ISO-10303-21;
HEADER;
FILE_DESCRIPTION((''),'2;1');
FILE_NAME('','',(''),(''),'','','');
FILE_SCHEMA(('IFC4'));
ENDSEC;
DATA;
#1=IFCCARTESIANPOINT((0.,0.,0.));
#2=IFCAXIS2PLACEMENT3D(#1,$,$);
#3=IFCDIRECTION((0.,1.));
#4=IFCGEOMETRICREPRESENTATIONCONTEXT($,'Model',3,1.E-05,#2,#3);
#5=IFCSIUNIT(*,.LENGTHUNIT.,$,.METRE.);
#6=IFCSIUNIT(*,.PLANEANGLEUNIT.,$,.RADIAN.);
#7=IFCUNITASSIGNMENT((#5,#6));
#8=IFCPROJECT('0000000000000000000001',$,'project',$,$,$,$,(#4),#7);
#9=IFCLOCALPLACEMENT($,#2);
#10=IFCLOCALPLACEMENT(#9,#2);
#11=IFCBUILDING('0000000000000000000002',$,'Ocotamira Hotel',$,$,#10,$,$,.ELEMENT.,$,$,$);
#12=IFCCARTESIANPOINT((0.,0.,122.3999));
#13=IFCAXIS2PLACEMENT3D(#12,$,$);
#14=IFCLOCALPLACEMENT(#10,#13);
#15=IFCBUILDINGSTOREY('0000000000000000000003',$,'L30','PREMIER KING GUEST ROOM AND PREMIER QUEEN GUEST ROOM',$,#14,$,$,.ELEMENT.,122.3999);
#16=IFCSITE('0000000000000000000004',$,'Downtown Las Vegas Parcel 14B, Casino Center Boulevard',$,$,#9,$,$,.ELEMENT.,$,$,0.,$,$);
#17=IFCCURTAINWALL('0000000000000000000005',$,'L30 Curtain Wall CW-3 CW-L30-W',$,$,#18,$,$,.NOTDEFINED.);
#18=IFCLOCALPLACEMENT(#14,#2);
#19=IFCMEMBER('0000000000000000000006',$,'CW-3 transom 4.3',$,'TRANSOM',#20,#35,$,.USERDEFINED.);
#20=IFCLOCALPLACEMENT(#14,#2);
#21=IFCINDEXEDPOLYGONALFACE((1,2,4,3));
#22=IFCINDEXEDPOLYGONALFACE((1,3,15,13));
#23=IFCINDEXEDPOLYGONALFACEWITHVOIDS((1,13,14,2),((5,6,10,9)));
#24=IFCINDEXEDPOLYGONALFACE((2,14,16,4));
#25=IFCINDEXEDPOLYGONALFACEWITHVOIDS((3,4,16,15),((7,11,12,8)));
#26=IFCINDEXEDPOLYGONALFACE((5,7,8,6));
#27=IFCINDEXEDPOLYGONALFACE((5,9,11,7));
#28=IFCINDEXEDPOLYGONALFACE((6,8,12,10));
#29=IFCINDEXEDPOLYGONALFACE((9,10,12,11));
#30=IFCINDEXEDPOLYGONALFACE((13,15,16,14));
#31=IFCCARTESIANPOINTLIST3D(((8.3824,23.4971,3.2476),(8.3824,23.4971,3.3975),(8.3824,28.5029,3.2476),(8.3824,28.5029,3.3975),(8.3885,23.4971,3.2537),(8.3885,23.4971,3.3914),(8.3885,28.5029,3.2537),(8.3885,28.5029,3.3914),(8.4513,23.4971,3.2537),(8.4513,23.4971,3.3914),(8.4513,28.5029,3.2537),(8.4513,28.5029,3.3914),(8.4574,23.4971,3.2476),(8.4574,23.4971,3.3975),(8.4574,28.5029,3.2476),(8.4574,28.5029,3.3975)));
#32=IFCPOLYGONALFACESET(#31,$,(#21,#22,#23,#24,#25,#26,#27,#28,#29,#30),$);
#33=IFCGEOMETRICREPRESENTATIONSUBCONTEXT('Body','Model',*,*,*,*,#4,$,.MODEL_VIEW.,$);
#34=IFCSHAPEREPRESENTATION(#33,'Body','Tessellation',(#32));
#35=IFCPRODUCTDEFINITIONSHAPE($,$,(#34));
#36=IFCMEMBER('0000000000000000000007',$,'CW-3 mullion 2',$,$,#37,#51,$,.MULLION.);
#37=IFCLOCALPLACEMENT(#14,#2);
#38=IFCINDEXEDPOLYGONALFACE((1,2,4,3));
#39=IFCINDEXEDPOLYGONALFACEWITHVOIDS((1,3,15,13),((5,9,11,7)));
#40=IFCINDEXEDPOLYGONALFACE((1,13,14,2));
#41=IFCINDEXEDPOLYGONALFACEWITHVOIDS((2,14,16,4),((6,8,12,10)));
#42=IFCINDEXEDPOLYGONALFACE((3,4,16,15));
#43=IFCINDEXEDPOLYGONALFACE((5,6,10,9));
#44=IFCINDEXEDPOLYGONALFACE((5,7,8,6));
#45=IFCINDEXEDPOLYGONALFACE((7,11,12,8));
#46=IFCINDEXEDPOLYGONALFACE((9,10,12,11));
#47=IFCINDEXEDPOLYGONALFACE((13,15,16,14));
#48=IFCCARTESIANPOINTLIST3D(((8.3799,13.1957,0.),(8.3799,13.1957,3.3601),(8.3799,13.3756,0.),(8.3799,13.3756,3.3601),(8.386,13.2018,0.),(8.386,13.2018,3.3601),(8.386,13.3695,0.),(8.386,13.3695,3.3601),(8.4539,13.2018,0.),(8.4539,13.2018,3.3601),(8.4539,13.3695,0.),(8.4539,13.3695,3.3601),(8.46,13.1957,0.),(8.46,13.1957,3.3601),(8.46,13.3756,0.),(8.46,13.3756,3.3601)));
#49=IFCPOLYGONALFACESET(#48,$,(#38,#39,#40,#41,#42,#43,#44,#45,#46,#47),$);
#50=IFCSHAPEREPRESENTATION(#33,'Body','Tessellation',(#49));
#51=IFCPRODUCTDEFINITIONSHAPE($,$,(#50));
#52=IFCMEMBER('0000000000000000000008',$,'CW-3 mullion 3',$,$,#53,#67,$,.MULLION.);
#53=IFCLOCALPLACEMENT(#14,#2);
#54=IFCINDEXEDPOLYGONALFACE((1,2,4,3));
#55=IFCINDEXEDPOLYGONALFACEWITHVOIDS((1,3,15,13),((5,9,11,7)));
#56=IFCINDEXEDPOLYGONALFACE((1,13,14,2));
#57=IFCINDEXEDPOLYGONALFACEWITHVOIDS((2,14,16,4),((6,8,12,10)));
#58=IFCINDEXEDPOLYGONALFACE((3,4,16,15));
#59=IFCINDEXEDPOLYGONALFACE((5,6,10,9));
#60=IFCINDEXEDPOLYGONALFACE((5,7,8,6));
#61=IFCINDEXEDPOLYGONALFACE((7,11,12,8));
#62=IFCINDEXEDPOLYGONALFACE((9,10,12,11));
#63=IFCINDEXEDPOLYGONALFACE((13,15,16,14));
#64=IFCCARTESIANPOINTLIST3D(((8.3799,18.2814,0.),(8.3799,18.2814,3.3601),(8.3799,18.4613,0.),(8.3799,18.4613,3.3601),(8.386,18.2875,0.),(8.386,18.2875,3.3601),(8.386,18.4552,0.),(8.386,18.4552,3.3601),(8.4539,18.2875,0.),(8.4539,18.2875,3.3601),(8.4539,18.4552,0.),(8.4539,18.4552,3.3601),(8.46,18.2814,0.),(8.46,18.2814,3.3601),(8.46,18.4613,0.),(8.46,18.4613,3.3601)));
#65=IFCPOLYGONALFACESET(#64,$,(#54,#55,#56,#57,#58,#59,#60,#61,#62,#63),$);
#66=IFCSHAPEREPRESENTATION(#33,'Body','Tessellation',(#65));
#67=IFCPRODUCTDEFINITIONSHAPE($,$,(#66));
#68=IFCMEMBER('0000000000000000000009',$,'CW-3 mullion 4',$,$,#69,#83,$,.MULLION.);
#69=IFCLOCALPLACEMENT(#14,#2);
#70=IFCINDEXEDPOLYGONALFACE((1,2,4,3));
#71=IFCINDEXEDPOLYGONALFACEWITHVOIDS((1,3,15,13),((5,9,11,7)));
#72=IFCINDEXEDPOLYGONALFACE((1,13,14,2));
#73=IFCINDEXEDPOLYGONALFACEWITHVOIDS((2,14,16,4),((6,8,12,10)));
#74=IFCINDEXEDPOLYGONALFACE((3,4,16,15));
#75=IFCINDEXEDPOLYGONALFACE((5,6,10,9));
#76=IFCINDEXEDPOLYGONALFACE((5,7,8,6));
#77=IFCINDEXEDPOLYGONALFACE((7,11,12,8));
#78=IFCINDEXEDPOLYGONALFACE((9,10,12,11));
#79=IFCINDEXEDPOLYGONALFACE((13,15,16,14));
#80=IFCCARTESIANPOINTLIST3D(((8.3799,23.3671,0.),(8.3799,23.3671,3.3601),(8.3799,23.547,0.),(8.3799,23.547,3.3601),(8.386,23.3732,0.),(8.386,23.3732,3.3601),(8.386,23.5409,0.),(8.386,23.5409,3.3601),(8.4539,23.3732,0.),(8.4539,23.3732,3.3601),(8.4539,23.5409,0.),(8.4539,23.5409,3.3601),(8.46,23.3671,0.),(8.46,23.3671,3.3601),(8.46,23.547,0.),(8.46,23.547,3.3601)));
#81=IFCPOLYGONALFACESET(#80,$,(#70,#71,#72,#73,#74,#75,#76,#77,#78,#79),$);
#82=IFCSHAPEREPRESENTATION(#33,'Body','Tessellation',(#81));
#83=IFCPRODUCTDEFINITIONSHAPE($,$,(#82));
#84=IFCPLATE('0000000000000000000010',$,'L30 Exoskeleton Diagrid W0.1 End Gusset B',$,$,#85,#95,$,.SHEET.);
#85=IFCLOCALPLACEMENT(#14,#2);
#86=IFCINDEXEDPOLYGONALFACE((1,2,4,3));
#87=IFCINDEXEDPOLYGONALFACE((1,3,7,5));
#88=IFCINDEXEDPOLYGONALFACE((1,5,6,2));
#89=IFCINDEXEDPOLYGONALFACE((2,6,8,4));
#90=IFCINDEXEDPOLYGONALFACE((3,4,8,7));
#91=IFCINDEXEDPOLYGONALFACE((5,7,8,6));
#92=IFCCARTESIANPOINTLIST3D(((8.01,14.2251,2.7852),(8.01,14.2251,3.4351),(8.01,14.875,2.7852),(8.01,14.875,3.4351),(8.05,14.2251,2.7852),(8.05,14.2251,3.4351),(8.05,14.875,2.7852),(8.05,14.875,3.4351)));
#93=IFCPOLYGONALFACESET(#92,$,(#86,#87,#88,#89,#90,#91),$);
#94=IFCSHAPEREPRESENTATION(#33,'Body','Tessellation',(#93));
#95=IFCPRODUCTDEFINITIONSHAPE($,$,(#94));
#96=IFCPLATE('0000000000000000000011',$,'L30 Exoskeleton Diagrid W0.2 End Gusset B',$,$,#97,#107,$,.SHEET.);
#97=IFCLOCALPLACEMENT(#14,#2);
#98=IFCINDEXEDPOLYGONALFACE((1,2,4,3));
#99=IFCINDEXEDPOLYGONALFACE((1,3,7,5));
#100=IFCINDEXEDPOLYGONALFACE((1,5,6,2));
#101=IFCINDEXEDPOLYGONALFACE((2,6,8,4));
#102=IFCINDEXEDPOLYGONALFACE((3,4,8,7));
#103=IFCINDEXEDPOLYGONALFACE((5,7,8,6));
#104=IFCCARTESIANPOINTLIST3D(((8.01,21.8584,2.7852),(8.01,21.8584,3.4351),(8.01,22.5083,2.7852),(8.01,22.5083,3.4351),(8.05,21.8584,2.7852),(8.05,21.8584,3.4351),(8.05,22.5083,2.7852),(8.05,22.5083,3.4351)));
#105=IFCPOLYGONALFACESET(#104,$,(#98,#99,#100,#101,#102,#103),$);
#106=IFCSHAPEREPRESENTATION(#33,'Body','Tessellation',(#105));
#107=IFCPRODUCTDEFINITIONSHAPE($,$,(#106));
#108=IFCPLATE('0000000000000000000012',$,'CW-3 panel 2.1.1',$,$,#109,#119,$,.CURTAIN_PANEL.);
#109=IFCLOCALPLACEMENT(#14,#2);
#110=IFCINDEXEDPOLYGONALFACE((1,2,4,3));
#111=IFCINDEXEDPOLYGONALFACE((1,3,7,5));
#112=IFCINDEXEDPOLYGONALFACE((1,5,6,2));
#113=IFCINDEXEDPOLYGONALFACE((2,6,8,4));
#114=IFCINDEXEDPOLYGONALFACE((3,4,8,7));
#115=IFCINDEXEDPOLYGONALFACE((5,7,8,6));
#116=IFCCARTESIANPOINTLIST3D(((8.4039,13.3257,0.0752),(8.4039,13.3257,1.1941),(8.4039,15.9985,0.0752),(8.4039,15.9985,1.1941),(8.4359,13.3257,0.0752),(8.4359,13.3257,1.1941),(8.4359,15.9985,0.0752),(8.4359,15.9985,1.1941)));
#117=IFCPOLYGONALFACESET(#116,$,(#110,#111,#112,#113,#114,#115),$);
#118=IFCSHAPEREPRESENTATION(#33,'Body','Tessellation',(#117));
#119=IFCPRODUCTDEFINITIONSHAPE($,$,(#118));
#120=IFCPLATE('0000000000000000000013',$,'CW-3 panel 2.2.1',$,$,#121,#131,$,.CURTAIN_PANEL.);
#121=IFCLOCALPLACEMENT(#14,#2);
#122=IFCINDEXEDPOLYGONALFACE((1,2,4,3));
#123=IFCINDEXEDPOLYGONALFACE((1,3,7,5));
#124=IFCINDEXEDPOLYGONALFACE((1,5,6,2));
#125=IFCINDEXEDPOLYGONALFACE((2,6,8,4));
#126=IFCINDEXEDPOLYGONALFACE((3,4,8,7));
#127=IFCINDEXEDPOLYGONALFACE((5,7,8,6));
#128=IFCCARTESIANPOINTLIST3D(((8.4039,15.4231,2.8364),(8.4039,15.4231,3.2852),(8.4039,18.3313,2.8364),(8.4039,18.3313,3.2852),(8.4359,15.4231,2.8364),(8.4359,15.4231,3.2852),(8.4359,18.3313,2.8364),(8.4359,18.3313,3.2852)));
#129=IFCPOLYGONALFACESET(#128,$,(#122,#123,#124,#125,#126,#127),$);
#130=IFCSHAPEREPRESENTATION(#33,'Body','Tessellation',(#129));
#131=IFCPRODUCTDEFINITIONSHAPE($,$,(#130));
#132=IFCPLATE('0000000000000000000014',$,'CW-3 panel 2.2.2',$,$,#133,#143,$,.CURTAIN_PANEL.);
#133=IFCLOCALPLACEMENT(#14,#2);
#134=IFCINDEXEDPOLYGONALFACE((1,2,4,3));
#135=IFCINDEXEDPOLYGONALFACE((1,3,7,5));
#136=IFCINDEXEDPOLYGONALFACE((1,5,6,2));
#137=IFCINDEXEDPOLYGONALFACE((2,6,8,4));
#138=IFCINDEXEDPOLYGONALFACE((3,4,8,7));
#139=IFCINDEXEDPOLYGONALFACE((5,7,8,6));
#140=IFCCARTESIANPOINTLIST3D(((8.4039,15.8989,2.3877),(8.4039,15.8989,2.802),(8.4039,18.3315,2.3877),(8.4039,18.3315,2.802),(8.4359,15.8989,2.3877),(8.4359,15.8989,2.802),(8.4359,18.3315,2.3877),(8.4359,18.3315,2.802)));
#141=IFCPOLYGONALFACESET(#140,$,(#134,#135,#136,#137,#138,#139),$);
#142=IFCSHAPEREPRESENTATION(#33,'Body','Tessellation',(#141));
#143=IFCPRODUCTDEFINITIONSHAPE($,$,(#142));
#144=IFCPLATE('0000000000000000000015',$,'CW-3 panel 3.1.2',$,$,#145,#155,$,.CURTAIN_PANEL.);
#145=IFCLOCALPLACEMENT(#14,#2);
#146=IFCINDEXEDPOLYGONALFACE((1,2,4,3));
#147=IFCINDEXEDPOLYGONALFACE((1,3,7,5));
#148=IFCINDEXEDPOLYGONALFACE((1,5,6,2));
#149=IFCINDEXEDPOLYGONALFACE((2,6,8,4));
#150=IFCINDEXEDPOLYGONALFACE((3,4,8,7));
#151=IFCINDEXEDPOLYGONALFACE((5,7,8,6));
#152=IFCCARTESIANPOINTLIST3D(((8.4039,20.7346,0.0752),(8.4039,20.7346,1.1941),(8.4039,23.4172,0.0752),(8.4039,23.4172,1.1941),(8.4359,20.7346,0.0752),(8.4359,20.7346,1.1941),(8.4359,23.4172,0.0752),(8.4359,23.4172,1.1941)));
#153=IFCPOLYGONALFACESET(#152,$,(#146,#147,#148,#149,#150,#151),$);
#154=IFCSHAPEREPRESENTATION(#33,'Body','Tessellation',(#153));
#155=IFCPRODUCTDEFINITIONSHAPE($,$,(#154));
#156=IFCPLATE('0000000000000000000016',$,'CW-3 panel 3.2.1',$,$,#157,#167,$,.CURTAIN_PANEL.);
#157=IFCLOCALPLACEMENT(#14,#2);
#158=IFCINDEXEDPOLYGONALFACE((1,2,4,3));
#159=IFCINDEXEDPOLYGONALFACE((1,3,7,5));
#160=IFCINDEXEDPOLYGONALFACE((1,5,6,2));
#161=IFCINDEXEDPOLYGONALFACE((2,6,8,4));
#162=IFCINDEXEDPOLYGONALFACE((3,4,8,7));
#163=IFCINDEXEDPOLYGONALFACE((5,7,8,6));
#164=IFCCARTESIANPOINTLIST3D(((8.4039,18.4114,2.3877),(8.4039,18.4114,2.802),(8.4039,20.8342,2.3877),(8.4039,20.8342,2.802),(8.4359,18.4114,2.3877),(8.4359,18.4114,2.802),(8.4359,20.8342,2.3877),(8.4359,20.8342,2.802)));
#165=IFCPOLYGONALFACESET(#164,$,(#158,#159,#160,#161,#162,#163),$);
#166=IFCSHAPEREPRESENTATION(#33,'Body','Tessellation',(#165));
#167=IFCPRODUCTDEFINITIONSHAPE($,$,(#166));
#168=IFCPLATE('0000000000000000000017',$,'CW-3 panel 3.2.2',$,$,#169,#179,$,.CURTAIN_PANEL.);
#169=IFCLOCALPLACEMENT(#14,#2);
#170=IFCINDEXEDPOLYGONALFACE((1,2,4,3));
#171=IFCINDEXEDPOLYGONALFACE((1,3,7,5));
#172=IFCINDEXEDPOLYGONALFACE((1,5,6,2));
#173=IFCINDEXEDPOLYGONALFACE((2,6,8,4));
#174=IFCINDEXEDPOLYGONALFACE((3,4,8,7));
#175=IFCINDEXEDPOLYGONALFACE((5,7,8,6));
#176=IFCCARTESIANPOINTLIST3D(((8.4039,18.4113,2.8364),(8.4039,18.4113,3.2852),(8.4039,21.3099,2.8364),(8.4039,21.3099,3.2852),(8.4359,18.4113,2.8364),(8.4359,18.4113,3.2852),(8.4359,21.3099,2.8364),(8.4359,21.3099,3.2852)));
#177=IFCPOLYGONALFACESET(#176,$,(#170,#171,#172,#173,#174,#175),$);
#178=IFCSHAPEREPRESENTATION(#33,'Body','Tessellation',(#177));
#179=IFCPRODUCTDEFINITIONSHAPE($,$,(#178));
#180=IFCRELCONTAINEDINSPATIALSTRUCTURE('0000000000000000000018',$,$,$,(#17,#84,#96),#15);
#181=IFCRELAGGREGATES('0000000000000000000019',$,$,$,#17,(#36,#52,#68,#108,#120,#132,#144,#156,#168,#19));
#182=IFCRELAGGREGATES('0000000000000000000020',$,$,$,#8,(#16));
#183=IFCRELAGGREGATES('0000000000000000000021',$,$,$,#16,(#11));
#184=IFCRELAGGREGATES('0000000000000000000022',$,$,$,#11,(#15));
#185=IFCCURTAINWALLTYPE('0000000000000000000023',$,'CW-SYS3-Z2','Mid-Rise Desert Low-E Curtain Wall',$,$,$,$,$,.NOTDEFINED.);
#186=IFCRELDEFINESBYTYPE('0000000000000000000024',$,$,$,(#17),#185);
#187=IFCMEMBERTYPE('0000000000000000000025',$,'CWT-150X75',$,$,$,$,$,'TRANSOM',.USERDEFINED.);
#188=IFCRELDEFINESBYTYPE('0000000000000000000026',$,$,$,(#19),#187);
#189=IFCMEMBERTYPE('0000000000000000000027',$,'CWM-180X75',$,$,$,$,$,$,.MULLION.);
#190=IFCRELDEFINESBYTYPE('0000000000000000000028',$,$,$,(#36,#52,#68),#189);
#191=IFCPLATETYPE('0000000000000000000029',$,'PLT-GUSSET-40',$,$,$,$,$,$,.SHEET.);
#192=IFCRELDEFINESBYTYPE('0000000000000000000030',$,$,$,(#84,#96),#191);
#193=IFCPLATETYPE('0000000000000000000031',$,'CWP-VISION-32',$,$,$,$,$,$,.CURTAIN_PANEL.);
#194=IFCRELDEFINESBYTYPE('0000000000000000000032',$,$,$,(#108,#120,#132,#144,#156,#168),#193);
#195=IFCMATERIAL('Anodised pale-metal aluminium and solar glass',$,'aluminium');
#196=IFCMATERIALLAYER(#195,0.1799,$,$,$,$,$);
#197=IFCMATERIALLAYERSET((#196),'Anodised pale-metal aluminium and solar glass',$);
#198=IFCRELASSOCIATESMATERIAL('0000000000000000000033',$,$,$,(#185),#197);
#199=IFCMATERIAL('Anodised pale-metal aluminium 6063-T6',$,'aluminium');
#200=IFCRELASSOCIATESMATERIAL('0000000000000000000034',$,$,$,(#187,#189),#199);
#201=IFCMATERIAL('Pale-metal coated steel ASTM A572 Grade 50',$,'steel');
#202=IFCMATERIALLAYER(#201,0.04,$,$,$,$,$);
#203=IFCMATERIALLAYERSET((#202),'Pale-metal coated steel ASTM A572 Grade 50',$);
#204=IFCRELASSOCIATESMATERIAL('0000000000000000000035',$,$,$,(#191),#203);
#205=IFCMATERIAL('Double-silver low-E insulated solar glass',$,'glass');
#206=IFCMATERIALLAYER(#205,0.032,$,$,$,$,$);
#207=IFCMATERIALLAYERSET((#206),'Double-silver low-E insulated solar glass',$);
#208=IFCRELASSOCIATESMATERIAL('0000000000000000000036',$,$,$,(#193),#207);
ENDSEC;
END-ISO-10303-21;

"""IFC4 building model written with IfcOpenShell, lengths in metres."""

from ifc_helpers import new_model, si_unit, direction, frame, origin, origin_2d, place, context, subcontext, project, spatial, rectangle, hollow_rectangle, extrude, source, transform, mapped, material, layer, layer_set, material_profile, profile_set, type_object, element, aggregate, save


model = new_model("IFC4")

# Units and contexts
model_context = context("Model", 3, precision=1e-05, world=origin(), true_north=direction((0.0, 1.0)))
body_context = subcontext(model_context, "Body", "Model", "MODEL_VIEW")
ifc_project = project(units=[si_unit("LENGTHUNIT", "METRE"), si_unit("PLANEANGLEUNIT", "RADIAN")], contexts=[model_context])

# Site, building, storey
site_placement = place(None, origin())
site = spatial("IfcSite", under=ifc_project, at=site_placement, Name="Downtown Las Vegas Parcel 14B, Casino Center Boulevard", CompositionType="ELEMENT", RefElevation=0.0)
building_placement = place(site_placement, origin())
building = spatial("IfcBuilding", under=site, at=building_placement, Name="Ocotamira Hotel", CompositionType="ELEMENT")
storey_placement = place(building_placement, frame((0.0, 0.0, 122.3999)))
storey = spatial("IfcBuildingStorey", under=building, at=storey_placement, Name="L30", Description="PREMIER KING GUEST ROOM AND PREMIER QUEEN GUEST ROOM", CompositionType="ELEMENT", Elevation=122.3999)

# Curtain wall, members
ifc_material_1 = material(Name="Anodised pale-metal aluminium and solar glass", Category="aluminium")
ifc_layer_1 = layer(ifc_material_1, 0.1799)
ifc_layer_set_1 = layer_set([ifc_layer_1], Name="Anodised pale-metal aluminium and solar glass")
curtain_wall_type = type_object("IfcCurtainWallType", Name="CW-SYS3-Z2", Description="Mid-Rise Desert Low-E Curtain Wall", PredefinedType="NOTDEFINED", material=ifc_layer_set_1)
curtain_wall_placement = place(storey_placement, origin())
curtain_wall = element("IfcCurtainWall", 1, at=curtain_wall_placement, inside=storey, type_object=curtain_wall_type, Name="L30 Curtain Wall CW-3 CW-L30-W", PredefinedType="NOTDEFINED")
ifc_material_2 = material(Name="Anodised pale-metal aluminium 6063-T6", Category="aluminium")
ifc_material_profile_1 = material_profile(ifc_material_2, hollow_rectangle(XDim=0.075, YDim=0.1499, WallThickness=0.0061, at=origin_2d()), Name="HSS150X75X6")
ifc_profile_set_1 = profile_set([ifc_material_profile_1], Name="Anodised pale-metal aluminium 6063-T6")
member_type_1 = type_object("IfcMemberType", Name="CWT-150X75", ElementType="TRANSOM", PredefinedType="USERDEFINED", material=ifc_profile_set_1)
shared_shape_1 = source(origin(), body_context, "Body", "SweptSolid", [
    extrude(hollow_rectangle(XDim=0.075, YDim=0.1499, WallThickness=0.0061, at=origin_2d()), origin(), (0.0, 0.0, 1.0), 5.0059),
])
member_1_placement = place(storey_placement, frame((8.4199, 23.4971, 3.3225), z_axis=(0.0, 1.0, 0.0), x_axis=(-1.0, 0.0, 0.0)))
member_1 = element("IfcMember", 2, at=member_1_placement, type_object=member_type_1, Name="CW-3 transom 4.3", ObjectType="TRANSOM", PredefinedType="USERDEFINED", context=body_context, shape_type="MappedRepresentation", body=[
    mapped(shared_shape_1, transform((0.0, 0.0, 0.0), scale=1.0)),
])
ifc_material_profile_2 = material_profile(ifc_material_2, hollow_rectangle(XDim=0.0801, YDim=0.1799, WallThickness=0.0061, at=origin_2d()), Name="HSS180X80X6")
ifc_profile_set_2 = profile_set([ifc_material_profile_2], Name="Anodised pale-metal aluminium 6063-T6")
member_type_2 = type_object("IfcMemberType", Name="CWM-180X75", PredefinedType="MULLION", material=ifc_profile_set_2)
shared_shape_2 = source(origin(), body_context, "Body", "SweptSolid", [
    extrude(hollow_rectangle(XDim=0.0801, YDim=0.1799, WallThickness=0.0061, at=origin_2d()), origin(), (0.0, 0.0, 1.0), 3.3601),
])
member_2_placement = place(storey_placement, frame((8.4199, 13.2856, 0.0), z_axis=(0.0, 0.0, 1.0), x_axis=(-1.0, 0.0, 0.0)))
member_2 = element("IfcMember", 3, at=member_2_placement, type_object=member_type_2, Name="CW-3 mullion 2", PredefinedType="MULLION", context=body_context, shape_type="MappedRepresentation", body=[
    mapped(shared_shape_2, transform((0.0, 0.0, 0.0), scale=1.0)),
])
member_3_placement = place(storey_placement, frame((8.4199, 18.3713, 0.0), z_axis=(0.0, 0.0, 1.0), x_axis=(-1.0, 0.0, 0.0)))
member_3 = element("IfcMember", 4, at=member_3_placement, type_object=member_type_2, Name="CW-3 mullion 3", PredefinedType="MULLION", context=body_context, shape_type="MappedRepresentation", body=[
    mapped(shared_shape_2, transform((0.0, 0.0, 0.0), scale=1.0)),
])
member_4_placement = place(storey_placement, frame((8.4199, 23.457, 0.0), z_axis=(0.0, 0.0, 1.0), x_axis=(-1.0, 0.0, 0.0)))
member_4 = element("IfcMember", 5, at=member_4_placement, type_object=member_type_2, Name="CW-3 mullion 4", PredefinedType="MULLION", context=body_context, shape_type="MappedRepresentation", body=[
    mapped(shared_shape_2, transform((0.0, 0.0, 0.0), scale=1.0)),
])

# Plates
ifc_material_3 = material(Name="Pale-metal coated steel ASTM A572 Grade 50", Category="steel")
ifc_layer_2 = layer(ifc_material_3, 0.04)
ifc_layer_set_2 = layer_set([ifc_layer_2], Name="Pale-metal coated steel ASTM A572 Grade 50")
plate_type_1 = type_object("IfcPlateType", Name="PLT-GUSSET-40", PredefinedType="SHEET", material=ifc_layer_set_2)
shared_shape_3 = source(origin(), body_context, "Body", "SweptSolid", [
    extrude(rectangle(XDim=0.04, YDim=0.6499, at=origin_2d()), origin(), (0.0, 0.0, 1.0), 0.6499),
])
for number, where, z_axis, x_axis, name in (
    (6, (8.03, 14.55, 2.7852), (0.0, 0.0, 1.0), (1.0, 0.0, 0.0), "L30 Exoskeleton Diagrid W0.1 End Gusset B"),
    (7, (8.03, 22.1833, 2.7852), (0.0, 0.0, 1.0), (1.0, 0.0, 0.0), "L30 Exoskeleton Diagrid W0.2 End Gusset B"),
):
    element("IfcPlate", number, at=place(storey_placement, frame(where, z_axis=z_axis, x_axis=x_axis)), inside=storey, type_object=plate_type_1, Name=name, PredefinedType="SHEET", context=body_context, shape_type="MappedRepresentation", body=[
        mapped(shared_shape_3, transform((0.0, 0.0, 0.0), scale=1.0)),
    ])

# Plates
ifc_material_4 = material(Name="Double-silver low-E insulated solar glass", Category="glass")
ifc_layer_3 = layer(ifc_material_4, 0.032)
ifc_layer_set_3 = layer_set([ifc_layer_3], Name="Double-silver low-E insulated solar glass")
plate_type_2 = type_object("IfcPlateType", Name="CWP-VISION-32", PredefinedType="CURTAIN_PANEL", material=ifc_layer_set_3)
shared_shape_4 = source(origin(), body_context, "Body", "SweptSolid", [
    extrude(rectangle(XDim=2.6729, YDim=0.032, at=origin_2d()), origin(), (0.0, 0.0, 1.0), 1.1189),
])
plate_1_placement = place(storey_placement, frame((8.4199, 14.6621, 0.0752), z_axis=(0.0, 0.0, 1.0), x_axis=(0.0, 1.0, 0.0)))
plate_1 = element("IfcPlate", 8, at=plate_1_placement, type_object=plate_type_2, Name="CW-3 panel 2.1.1", PredefinedType="CURTAIN_PANEL", context=body_context, shape_type="MappedRepresentation", body=[
    mapped(shared_shape_4, transform((0.0, 0.0, 0.0), scale=1.0)),
])
shared_shape_5 = source(origin(), body_context, "Body", "SweptSolid", [
    extrude(rectangle(XDim=2.9082, YDim=0.032, at=origin_2d()), origin(), (0.0, 0.0, 1.0), 0.4487),
])
plate_2_placement = place(storey_placement, frame((8.4199, 16.8772, 2.8364), z_axis=(0.0, 0.0, 1.0), x_axis=(0.0, 1.0, 0.0)))
plate_2 = element("IfcPlate", 9, at=plate_2_placement, type_object=plate_type_2, Name="CW-3 panel 2.2.1", PredefinedType="CURTAIN_PANEL", context=body_context, shape_type="MappedRepresentation", body=[
    mapped(shared_shape_5, transform((0.0, 0.0, 0.0), scale=1.0)),
])
shared_shape_6 = source(origin(), body_context, "Body", "SweptSolid", [
    extrude(rectangle(XDim=2.4326, YDim=0.032, at=origin_2d()), origin(), (0.0, 0.0, 1.0), 0.4143),
])
plate_3_placement = place(storey_placement, frame((8.4199, 17.1152, 2.3877), z_axis=(0.0, 0.0, 1.0), x_axis=(0.0, 1.0, 0.0)))
plate_3 = element("IfcPlate", 10, at=plate_3_placement, type_object=plate_type_2, Name="CW-3 panel 2.2.2", PredefinedType="CURTAIN_PANEL", context=body_context, shape_type="MappedRepresentation", body=[
    mapped(shared_shape_6, transform((0.0, 0.0, 0.0), scale=1.0)),
])
shared_shape_7 = source(origin(), body_context, "Body", "SweptSolid", [
    extrude(rectangle(XDim=2.6826, YDim=0.032, at=origin_2d()), origin(), (0.0, 0.0, 1.0), 1.1189),
])
plate_4_placement = place(storey_placement, frame((8.4199, 22.0759, 0.0752), z_axis=(0.0, 0.0, 1.0), x_axis=(0.0, 1.0, 0.0)))
plate_4 = element("IfcPlate", 11, at=plate_4_placement, type_object=plate_type_2, Name="CW-3 panel 3.1.2", PredefinedType="CURTAIN_PANEL", context=body_context, shape_type="MappedRepresentation", body=[
    mapped(shared_shape_7, transform((0.0, 0.0, 0.0), scale=1.0)),
])
shared_shape_8 = source(origin(), body_context, "Body", "SweptSolid", [
    extrude(rectangle(XDim=2.4229, YDim=0.032, at=origin_2d()), origin(), (0.0, 0.0, 1.0), 0.4143),
])
plate_5_placement = place(storey_placement, frame((8.4199, 19.6228, 2.3877), z_axis=(0.0, 0.0, 1.0), x_axis=(0.0, 1.0, 0.0)))
plate_5 = element("IfcPlate", 12, at=plate_5_placement, type_object=plate_type_2, Name="CW-3 panel 3.2.1", PredefinedType="CURTAIN_PANEL", context=body_context, shape_type="MappedRepresentation", body=[
    mapped(shared_shape_8, transform((0.0, 0.0, 0.0), scale=1.0)),
])
shared_shape_9 = source(origin(), body_context, "Body", "SweptSolid", [
    extrude(rectangle(XDim=2.8987, YDim=0.032, at=origin_2d()), origin(), (0.0, 0.0, 1.0), 0.4487),
])
plate_6_placement = place(storey_placement, frame((8.4199, 19.8606, 2.8364), z_axis=(0.0, 0.0, 1.0), x_axis=(0.0, 1.0, 0.0)))
plate_6 = element("IfcPlate", 13, at=plate_6_placement, type_object=plate_type_2, Name="CW-3 panel 3.2.2", PredefinedType="CURTAIN_PANEL", context=body_context, shape_type="MappedRepresentation", body=[
    mapped(shared_shape_9, transform((0.0, 0.0, 0.0), scale=1.0)),
])
aggregate(curtain_wall, [member_2, member_3, member_4, plate_1, plate_2, plate_3, plate_4, plate_5, plate_6, member_1])

save(model, "model.ifc")
